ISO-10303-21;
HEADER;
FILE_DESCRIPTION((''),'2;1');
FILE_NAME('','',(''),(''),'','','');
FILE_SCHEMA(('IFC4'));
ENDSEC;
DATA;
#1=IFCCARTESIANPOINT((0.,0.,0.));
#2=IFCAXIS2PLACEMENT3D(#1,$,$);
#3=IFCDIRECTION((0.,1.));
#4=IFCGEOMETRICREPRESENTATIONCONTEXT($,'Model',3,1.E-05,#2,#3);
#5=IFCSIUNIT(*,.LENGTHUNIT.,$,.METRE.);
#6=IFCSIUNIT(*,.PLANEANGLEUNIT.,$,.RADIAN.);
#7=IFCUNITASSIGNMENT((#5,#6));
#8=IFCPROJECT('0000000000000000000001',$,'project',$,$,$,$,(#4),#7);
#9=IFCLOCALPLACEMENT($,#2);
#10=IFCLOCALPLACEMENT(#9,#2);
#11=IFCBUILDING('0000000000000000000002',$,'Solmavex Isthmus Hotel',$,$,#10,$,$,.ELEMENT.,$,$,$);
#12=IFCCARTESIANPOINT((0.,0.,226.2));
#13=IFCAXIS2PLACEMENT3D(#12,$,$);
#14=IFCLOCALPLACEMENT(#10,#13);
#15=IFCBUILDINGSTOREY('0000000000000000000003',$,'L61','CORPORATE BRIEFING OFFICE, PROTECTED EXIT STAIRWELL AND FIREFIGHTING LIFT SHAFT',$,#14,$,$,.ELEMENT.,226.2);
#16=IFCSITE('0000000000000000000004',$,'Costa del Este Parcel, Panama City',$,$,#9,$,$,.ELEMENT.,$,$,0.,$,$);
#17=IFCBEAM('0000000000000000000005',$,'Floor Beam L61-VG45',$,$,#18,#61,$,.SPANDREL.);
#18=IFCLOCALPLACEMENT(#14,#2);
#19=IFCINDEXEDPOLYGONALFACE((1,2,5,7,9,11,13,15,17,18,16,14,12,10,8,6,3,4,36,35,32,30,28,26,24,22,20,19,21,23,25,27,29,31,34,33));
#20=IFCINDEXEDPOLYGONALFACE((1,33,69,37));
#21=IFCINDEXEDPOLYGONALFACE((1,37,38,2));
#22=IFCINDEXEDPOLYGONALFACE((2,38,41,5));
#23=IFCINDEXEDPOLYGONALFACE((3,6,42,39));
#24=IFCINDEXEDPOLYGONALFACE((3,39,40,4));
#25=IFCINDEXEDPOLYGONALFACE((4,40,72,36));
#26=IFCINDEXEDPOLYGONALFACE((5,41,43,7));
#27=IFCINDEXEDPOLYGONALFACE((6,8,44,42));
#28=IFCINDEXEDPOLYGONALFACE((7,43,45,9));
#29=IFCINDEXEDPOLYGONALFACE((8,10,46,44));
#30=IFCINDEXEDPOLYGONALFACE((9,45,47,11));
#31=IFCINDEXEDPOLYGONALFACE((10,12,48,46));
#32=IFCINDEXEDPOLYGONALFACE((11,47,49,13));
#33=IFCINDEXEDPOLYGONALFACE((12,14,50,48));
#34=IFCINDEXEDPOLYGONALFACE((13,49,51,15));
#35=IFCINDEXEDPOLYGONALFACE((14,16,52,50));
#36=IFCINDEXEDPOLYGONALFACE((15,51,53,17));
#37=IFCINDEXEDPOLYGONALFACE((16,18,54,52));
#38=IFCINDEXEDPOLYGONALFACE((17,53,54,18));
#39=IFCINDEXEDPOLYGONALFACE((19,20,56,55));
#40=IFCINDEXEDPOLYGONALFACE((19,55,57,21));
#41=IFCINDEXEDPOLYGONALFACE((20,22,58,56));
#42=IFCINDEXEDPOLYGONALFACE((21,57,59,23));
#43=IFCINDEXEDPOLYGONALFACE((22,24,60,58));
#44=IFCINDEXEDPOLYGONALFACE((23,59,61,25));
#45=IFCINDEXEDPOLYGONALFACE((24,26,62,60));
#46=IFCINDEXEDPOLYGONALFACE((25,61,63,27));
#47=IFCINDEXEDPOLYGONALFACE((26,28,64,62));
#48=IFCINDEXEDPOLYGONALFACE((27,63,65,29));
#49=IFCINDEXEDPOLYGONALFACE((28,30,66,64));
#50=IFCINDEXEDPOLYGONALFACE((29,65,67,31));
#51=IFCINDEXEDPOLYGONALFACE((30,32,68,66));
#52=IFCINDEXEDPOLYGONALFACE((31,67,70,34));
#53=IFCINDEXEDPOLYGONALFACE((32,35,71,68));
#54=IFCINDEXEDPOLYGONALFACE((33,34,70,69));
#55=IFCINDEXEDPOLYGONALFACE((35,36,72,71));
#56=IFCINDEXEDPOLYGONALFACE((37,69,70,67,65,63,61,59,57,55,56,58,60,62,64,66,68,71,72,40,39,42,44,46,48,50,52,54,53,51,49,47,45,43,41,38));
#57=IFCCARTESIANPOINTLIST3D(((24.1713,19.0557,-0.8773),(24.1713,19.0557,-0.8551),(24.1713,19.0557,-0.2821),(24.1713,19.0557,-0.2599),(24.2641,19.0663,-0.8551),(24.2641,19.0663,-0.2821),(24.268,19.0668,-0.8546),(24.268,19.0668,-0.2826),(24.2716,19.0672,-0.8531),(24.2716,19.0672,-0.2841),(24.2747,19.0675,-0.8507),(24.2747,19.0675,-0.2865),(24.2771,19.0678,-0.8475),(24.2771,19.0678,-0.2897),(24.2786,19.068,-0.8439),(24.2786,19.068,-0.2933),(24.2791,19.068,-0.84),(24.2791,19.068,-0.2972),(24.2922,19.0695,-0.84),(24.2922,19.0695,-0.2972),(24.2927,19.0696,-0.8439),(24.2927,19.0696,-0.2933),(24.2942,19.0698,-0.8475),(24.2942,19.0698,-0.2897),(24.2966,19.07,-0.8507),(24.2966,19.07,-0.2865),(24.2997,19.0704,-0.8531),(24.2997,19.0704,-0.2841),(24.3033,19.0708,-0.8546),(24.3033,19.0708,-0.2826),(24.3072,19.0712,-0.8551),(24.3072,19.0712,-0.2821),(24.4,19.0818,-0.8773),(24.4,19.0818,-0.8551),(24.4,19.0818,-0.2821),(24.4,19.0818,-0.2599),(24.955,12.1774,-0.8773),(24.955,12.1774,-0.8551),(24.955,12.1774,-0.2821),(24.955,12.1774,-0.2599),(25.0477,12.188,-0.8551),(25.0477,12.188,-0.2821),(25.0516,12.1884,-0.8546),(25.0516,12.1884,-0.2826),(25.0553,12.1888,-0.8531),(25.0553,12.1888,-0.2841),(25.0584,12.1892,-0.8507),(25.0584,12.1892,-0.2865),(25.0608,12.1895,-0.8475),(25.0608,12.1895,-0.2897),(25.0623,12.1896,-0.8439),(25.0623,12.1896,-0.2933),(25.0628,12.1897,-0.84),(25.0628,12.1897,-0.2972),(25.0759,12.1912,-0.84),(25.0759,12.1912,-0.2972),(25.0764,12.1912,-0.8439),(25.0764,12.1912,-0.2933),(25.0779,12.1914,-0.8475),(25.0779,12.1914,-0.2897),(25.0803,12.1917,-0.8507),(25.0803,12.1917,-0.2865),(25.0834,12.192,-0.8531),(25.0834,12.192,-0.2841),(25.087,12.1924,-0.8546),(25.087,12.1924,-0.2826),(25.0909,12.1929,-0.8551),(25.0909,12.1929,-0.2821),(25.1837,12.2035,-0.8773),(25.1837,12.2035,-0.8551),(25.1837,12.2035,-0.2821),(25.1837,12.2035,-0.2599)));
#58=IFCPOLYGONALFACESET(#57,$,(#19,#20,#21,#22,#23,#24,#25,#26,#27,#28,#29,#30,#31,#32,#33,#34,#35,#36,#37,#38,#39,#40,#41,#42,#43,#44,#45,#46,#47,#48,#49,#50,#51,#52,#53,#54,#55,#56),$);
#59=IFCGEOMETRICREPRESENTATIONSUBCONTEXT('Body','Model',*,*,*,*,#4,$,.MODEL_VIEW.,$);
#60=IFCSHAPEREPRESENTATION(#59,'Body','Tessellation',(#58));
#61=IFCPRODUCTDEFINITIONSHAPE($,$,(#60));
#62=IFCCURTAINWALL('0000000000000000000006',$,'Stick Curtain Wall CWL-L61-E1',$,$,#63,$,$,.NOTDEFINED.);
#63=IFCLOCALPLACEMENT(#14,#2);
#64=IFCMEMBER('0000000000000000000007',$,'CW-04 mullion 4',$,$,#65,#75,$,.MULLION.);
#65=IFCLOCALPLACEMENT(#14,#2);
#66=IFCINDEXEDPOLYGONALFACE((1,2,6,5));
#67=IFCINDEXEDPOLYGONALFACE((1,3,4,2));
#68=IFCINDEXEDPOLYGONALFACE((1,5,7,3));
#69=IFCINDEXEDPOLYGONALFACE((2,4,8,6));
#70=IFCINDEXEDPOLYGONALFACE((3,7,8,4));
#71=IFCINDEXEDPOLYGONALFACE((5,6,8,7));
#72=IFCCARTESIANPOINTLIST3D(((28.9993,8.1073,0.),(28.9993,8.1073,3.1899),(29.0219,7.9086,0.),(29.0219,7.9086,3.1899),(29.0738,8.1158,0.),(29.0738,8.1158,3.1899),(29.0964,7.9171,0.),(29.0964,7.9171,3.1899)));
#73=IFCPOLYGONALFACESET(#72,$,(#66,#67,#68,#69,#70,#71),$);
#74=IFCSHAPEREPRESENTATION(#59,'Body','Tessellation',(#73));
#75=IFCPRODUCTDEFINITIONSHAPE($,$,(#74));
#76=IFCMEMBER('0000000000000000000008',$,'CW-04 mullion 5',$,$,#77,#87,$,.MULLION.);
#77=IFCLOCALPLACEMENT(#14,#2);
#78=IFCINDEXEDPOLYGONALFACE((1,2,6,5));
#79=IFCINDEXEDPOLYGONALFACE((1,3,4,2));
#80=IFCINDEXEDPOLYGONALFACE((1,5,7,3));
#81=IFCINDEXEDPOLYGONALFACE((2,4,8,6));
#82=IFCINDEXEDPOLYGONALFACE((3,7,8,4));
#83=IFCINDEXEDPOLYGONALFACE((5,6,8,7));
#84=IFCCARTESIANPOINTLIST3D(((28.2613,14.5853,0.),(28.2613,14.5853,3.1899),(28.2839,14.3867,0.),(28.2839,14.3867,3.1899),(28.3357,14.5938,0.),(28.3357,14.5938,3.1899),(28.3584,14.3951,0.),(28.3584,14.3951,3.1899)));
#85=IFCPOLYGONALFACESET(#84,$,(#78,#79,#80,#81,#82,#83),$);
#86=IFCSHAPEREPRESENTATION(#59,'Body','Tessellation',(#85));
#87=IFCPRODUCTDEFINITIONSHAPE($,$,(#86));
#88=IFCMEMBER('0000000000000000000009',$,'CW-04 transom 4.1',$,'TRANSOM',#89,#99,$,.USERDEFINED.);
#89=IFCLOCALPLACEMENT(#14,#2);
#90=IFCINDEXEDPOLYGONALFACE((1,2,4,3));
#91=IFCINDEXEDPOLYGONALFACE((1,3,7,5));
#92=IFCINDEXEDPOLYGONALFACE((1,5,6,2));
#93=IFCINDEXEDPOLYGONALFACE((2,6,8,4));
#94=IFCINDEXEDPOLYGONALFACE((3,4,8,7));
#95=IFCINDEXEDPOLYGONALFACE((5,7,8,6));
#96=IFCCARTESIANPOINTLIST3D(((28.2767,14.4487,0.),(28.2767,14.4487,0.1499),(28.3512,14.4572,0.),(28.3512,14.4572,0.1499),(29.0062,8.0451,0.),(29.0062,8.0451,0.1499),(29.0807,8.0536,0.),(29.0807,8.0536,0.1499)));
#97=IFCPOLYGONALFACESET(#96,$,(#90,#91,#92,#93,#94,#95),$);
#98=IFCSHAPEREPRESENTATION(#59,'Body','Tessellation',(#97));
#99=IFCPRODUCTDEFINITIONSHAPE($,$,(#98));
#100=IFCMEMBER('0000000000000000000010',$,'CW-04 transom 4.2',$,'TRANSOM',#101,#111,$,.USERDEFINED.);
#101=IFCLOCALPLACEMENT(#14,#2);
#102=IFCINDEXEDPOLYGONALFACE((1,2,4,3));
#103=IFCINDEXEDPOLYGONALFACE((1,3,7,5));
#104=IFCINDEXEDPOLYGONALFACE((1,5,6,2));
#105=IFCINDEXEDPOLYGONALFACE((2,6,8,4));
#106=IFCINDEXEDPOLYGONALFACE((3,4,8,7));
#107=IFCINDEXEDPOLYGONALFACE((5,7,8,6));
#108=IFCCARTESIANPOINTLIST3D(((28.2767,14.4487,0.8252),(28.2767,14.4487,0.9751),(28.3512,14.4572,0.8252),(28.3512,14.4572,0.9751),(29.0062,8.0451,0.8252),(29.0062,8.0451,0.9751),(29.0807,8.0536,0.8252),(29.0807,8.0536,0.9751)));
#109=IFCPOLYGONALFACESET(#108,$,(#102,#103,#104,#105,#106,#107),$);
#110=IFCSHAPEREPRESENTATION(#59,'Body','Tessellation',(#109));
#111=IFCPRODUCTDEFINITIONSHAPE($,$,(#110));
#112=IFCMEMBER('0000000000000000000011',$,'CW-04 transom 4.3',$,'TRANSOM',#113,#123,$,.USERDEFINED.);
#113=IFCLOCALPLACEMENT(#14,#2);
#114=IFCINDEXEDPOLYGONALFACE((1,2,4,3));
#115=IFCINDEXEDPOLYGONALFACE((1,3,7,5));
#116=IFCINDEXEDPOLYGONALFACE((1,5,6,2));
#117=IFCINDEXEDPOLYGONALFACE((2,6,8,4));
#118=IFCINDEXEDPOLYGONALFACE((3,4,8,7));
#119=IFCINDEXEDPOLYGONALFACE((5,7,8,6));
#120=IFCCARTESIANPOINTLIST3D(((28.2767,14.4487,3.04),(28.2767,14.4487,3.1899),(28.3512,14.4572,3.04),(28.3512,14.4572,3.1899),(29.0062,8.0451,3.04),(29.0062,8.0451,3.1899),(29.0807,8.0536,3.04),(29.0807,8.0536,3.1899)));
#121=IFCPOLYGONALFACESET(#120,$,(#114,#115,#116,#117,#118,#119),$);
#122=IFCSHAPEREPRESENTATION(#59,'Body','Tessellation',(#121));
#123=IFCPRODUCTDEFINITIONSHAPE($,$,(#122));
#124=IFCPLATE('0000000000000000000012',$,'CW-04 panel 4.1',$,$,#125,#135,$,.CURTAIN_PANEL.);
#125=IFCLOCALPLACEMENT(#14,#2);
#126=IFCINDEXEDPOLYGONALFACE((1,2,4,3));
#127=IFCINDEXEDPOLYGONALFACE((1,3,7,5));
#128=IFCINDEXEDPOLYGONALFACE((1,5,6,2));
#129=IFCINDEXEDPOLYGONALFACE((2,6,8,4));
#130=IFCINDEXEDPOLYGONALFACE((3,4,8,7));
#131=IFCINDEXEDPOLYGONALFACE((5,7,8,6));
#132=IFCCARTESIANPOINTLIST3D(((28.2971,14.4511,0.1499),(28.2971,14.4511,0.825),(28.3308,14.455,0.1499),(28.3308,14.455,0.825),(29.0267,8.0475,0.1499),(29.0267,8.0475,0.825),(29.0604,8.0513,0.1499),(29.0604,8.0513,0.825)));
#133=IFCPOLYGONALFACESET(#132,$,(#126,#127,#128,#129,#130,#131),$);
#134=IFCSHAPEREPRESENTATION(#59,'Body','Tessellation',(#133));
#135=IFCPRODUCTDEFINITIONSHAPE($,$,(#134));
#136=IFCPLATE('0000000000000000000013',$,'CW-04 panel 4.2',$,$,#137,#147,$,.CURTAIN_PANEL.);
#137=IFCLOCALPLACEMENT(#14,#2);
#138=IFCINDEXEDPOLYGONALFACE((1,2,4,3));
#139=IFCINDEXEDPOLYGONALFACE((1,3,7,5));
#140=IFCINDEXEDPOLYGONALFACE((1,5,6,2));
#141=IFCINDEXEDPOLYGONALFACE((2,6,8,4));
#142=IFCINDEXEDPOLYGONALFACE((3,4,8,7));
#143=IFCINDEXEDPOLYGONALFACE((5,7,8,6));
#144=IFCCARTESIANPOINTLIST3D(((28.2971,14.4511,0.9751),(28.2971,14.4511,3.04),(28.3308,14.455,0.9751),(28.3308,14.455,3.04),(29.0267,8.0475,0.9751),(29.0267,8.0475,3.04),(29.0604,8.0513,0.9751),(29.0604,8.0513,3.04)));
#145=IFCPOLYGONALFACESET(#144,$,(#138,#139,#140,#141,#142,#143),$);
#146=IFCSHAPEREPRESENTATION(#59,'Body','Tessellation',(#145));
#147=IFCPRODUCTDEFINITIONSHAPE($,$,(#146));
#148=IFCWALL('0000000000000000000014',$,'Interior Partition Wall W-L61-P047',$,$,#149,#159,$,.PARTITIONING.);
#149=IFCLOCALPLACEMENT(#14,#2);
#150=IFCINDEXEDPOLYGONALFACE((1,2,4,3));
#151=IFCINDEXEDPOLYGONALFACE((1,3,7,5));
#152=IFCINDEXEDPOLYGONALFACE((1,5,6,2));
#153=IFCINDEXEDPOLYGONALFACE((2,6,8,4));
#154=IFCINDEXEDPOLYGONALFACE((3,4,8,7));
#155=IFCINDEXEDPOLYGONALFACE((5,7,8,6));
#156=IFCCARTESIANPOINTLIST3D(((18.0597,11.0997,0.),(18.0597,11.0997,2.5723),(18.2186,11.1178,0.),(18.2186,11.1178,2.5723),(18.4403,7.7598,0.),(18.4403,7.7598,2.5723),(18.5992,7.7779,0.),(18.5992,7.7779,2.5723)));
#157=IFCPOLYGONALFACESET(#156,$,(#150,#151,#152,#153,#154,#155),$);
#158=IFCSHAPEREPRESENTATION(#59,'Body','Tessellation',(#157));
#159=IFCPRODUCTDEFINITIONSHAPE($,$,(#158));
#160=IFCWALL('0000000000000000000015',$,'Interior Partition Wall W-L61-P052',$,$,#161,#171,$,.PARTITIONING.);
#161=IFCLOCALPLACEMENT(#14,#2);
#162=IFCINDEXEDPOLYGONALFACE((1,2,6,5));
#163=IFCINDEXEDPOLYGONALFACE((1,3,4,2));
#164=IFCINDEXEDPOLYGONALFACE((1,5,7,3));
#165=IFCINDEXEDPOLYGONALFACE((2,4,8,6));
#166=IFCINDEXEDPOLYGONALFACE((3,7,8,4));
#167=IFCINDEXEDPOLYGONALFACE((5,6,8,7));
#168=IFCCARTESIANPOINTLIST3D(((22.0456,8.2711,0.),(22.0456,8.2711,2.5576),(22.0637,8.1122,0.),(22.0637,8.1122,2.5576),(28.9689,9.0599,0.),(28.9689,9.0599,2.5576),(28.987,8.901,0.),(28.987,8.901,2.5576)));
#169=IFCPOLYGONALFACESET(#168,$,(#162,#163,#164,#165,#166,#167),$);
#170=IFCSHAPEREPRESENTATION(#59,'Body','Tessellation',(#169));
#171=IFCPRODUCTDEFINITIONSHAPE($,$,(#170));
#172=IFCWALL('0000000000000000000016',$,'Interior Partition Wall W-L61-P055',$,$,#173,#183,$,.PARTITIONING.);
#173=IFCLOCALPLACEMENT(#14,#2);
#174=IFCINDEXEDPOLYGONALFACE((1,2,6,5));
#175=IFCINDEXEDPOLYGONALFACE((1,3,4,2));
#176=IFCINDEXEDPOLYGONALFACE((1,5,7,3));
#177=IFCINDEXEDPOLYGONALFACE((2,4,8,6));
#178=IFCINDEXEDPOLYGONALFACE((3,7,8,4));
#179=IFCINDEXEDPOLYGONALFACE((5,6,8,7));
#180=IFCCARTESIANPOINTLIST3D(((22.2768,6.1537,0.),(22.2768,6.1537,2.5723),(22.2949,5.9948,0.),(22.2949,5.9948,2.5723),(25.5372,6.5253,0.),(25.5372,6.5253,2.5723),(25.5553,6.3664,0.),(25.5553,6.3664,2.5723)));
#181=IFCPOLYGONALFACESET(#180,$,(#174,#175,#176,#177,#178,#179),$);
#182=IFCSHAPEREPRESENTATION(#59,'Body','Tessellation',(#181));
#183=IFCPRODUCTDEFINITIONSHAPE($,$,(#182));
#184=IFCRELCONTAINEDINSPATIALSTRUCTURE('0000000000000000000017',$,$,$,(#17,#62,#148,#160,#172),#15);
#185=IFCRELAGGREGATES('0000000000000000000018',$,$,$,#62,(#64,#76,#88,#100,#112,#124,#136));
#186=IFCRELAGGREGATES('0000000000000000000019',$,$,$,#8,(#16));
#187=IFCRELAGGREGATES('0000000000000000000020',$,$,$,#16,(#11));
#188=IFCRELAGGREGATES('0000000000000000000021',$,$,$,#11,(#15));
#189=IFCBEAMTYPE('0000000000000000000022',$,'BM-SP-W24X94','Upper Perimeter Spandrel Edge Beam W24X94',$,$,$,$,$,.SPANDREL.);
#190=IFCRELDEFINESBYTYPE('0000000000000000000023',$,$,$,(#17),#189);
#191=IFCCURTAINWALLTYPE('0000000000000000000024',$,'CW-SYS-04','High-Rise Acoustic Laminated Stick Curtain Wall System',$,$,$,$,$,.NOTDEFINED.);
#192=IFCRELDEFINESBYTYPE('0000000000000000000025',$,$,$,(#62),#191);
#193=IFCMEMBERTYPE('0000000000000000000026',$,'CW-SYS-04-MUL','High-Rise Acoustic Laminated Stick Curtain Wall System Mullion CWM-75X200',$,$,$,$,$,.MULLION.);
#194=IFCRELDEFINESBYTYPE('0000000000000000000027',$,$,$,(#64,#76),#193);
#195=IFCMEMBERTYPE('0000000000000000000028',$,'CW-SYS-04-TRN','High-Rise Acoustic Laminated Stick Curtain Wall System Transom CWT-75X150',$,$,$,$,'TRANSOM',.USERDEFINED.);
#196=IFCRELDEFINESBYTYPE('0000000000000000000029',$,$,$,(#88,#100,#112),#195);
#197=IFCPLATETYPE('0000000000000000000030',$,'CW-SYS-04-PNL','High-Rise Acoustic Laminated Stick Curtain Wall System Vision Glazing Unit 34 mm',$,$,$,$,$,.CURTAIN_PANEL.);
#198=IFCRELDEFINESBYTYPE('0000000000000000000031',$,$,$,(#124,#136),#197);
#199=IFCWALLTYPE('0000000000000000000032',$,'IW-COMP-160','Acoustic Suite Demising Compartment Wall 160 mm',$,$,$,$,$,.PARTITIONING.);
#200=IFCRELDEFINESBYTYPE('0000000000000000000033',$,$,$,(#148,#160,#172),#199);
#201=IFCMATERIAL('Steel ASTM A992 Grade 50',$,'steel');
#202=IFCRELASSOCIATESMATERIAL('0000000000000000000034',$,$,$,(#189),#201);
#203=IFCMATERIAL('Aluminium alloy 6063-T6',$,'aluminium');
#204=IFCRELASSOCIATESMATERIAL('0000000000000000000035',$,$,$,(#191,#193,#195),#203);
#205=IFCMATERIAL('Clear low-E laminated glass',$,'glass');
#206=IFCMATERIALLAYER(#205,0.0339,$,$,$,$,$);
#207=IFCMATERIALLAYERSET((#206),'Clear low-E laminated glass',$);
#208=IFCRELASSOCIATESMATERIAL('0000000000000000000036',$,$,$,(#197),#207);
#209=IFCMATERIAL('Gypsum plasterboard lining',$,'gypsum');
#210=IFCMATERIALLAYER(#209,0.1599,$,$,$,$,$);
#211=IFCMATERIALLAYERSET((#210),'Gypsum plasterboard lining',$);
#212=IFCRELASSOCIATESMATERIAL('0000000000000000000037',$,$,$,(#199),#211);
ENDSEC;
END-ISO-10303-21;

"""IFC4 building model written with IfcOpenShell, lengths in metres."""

from ifc_helpers import new_model, si_unit, direction, frame, frame_2d, origin, origin_2d, place, context, subcontext, project, spatial, rectangle, i_section, extrude, material, layer, layer_set, material_profile, profile_set, type_object, element, aggregate, save


model = new_model("IFC4")

# Units and contexts
model_context = context("Model", 3, precision=1e-05, world=origin(), true_north=direction((0.0, 1.0)))
body_context = subcontext(model_context, "Body", "Model", "MODEL_VIEW")
ifc_project = project(units=[si_unit("LENGTHUNIT", "METRE"), si_unit("PLANEANGLEUNIT", "RADIAN")], contexts=[model_context])

# Site, building, storey
site_placement = place(None, origin())
site = spatial("IfcSite", under=ifc_project, at=site_placement, Name="Costa del Este Parcel, Panama City", CompositionType="ELEMENT", RefElevation=0.0)
building_placement = place(site_placement, origin())
building = spatial("IfcBuilding", under=site, at=building_placement, Name="Solmavex Isthmus Hotel", CompositionType="ELEMENT")
storey_placement = place(building_placement, frame((0.0, 0.0, 226.2)))
storey = spatial("IfcBuildingStorey", under=building, at=storey_placement, Name="L61", Description="CORPORATE BRIEFING OFFICE, PROTECTED EXIT STAIRWELL AND FIREFIGHTING LIFT SHAFT", CompositionType="ELEMENT", Elevation=226.2)

# Beam
ifc_material_1 = material(Name="Steel ASTM A992 Grade 50", Category="steel")
ifc_material_profile_1 = material_profile(ifc_material_1, i_section(OverallWidth=0.2302, OverallDepth=0.6174, WebThickness=0.0132, FlangeThickness=0.0222, FilletRadius=0.0151, at=origin_2d()), Name="W24X94")
ifc_profile_set_1 = profile_set([ifc_material_profile_1], Name="Steel ASTM A992 Grade 50")
beam_type_1 = type_object("IfcBeamType", Name="BM-SP-W24X94", Description="Upper Perimeter Spandrel Edge Beam W24X94", PredefinedType="SPANDREL", material=ifc_profile_set_1)
beam_1_placement = place(storey_placement, frame((25.0693, 12.1904, -0.5686), z_axis=(-0.113202, 0.993572, 0.0), x_axis=(-0.993572, -0.113202, 0.0)))
element("IfcBeam", 1, at=beam_1_placement, inside=storey, type_object=beam_type_1, Name="Floor Beam L61-VG45", PredefinedType="SPANDREL", context=body_context, shape_type="SweptSolid", body=[
    extrude(i_section(OverallWidth=0.2302, OverallDepth=0.6174, WebThickness=0.0132, FlangeThickness=0.0222, FilletRadius=0.0151, at=origin_2d()), origin(), (0.0, 0.0, 1.0), 6.9229),
])

# Curtain wall, members, plates
ifc_material_2 = material(Name="Aluminium alloy 6063-T6", Category="aluminium")
curtain_wall_type = type_object("IfcCurtainWallType", Name="CW-SYS-04", Description="High-Rise Acoustic Laminated Stick Curtain Wall System", PredefinedType="NOTDEFINED", material=ifc_material_2)
curtain_wall_placement = place(storey_placement, origin())
curtain_wall = element("IfcCurtainWall", 2, at=curtain_wall_placement, inside=storey, type_object=curtain_wall_type, Name="Stick Curtain Wall CWL-L61-E1", PredefinedType="NOTDEFINED")
ifc_material_profile_2 = material_profile(ifc_material_2, rectangle(XDim=0.075, YDim=0.2, at=origin_2d()), Name="CWM-75X200")
ifc_profile_set_2 = profile_set([ifc_material_profile_2], Name="Aluminium alloy 6063-T6")
member_type_1 = type_object("IfcMemberType", Name="CW-SYS-04-MUL", Description="High-Rise Acoustic Laminated Stick Curtain Wall System Mullion CWM-75X200", PredefinedType="MULLION", material=ifc_profile_set_2)
member_1_placement = place(storey_placement, frame((29.0479, 8.0122, 0.0), z_axis=(0.0, 0.0, 1.0), x_axis=(-0.993572, -0.113203, 0.0)))
member_1 = element("IfcMember", 3, at=member_1_placement, type_object=member_type_1, Name="CW-04 mullion 4", PredefinedType="MULLION", context=body_context, shape_type="SweptSolid", body=[
    extrude(rectangle(XDim=0.075, YDim=0.2, at=origin_2d()), origin(), (0.0, 0.0, 1.0), 3.1899),
])
member_2_placement = place(storey_placement, frame((28.3098, 14.4902, 0.0), z_axis=(0.0, 0.0, 1.0), x_axis=(-0.993572, -0.113203, 0.0)))
member_2 = element("IfcMember", 4, at=member_2_placement, type_object=member_type_1, Name="CW-04 mullion 5", PredefinedType="MULLION", context=body_context, shape_type="SweptSolid", body=[
    extrude(rectangle(XDim=0.075, YDim=0.2, at=origin_2d()), origin(), (0.0, 0.0, 1.0), 3.1899),
])
ifc_material_profile_3 = material_profile(ifc_material_2, rectangle(XDim=0.075, YDim=0.1499, at=origin_2d()), Name="CWT-75X150")
ifc_profile_set_3 = profile_set([ifc_material_profile_3], Name="Aluminium alloy 6063-T6")
member_type_2 = type_object("IfcMemberType", Name="CW-SYS-04-TRN", Description="High-Rise Acoustic Laminated Stick Curtain Wall System Transom CWT-75X150", ElementType="TRANSOM", PredefinedType="USERDEFINED", material=ifc_profile_set_3)
member_3_placement = place(storey_placement, frame((29.0435, 8.0493, 0.075), z_axis=(-0.113188, 0.993574, 0.0), x_axis=(-0.993574, -0.113188, 0.0)))
member_3 = element("IfcMember", 5, at=member_3_placement, type_object=member_type_2, Name="CW-04 transom 4.1", ObjectType="TRANSOM", PredefinedType="USERDEFINED", context=body_context, shape_type="SweptSolid", body=[
    extrude(rectangle(XDim=0.075, YDim=0.1499, at=origin_2d()), origin(), (0.0, 0.0, 1.0), 6.4451),
])
member_4_placement = place(storey_placement, frame((29.0435, 8.0493, 0.9001), z_axis=(-0.113188, 0.993574, 0.0), x_axis=(-0.993574, -0.113188, 0.0)))
member_4 = element("IfcMember", 6, at=member_4_placement, type_object=member_type_2, Name="CW-04 transom 4.2", ObjectType="TRANSOM", PredefinedType="USERDEFINED", context=body_context, shape_type="SweptSolid", body=[
    extrude(rectangle(XDim=0.075, YDim=0.1499, at=origin_2d()), origin(), (0.0, 0.0, 1.0), 6.4451),
])
member_5_placement = place(storey_placement, frame((29.0435, 8.0493, 3.115), z_axis=(-0.113188, 0.993574, 0.0), x_axis=(-0.993574, -0.113188, 0.0)))
member_5 = element("IfcMember", 7, at=member_5_placement, type_object=member_type_2, Name="CW-04 transom 4.3", ObjectType="TRANSOM", PredefinedType="USERDEFINED", context=body_context, shape_type="SweptSolid", body=[
    extrude(rectangle(XDim=0.075, YDim=0.1499, at=origin_2d()), origin(), (0.0, 0.0, 1.0), 6.4451),
])
ifc_material_3 = material(Name="Clear low-E laminated glass", Category="glass")
ifc_layer_1 = layer(ifc_material_3, 0.0339)
ifc_layer_set_1 = layer_set([ifc_layer_1], Name="Clear low-E laminated glass")
plate_type = type_object("IfcPlateType", Name="CW-SYS-04-PNL", Description="High-Rise Acoustic Laminated Stick Curtain Wall System Vision Glazing Unit 34 mm", PredefinedType="CURTAIN_PANEL", material=ifc_layer_set_1)
plate_1_placement = place(storey_placement, frame((28.6787, 11.2512, 0.1499), z_axis=(0.0, 0.0, 1.0), x_axis=(-0.113203, 0.993572, 0.0)))
plate_1 = element("IfcPlate", 8, at=plate_1_placement, type_object=plate_type, Name="CW-04 panel 4.1", PredefinedType="CURTAIN_PANEL", context=body_context, shape_type="SweptSolid", body=[
    extrude(rectangle(XDim=6.4451, YDim=0.0339, at=origin_2d()), origin(), (0.0, 0.0, 1.0), 0.675),
])
plate_2_placement = place(storey_placement, frame((28.6787, 11.2512, 0.9751), z_axis=(0.0, 0.0, 1.0), x_axis=(-0.113203, 0.993572, 0.0)))
plate_2 = element("IfcPlate", 9, at=plate_2_placement, type_object=plate_type, Name="CW-04 panel 4.2", PredefinedType="CURTAIN_PANEL", context=body_context, shape_type="SweptSolid", body=[
    extrude(rectangle(XDim=6.4451, YDim=0.0339, at=origin_2d()), origin(), (0.0, 0.0, 1.0), 2.0649),
])
aggregate(curtain_wall, [member_1, member_2, member_3, member_4, member_5, plate_1, plate_2])

# Walls
ifc_material_4 = material(Name="Gypsum plasterboard lining", Category="gypsum")
ifc_layer_2 = layer(ifc_material_4, 0.1599)
ifc_layer_set_2 = layer_set([ifc_layer_2], Name="Gypsum plasterboard lining")
wall_type_1 = type_object("IfcWallType", Name="IW-COMP-160", Description="Acoustic Suite Demising Compartment Wall 160 mm", PredefinedType="PARTITIONING", material=ifc_layer_set_2)
wall_1_placement = place(storey_placement, frame((18.1392, 11.1086, 0.0), z_axis=(0.0, 0.0, 1.0), x_axis=(0.113229, -0.993569, 0.0)))
element("IfcWall", 10, at=wall_1_placement, inside=storey, type_object=wall_type_1, Name="Interior Partition Wall W-L61-P047", PredefinedType="PARTITIONING", context=body_context, shape_type="SweptSolid", body=[
    extrude(rectangle(XDim=3.3616, YDim=0.1599, at=frame_2d((1.6807, 0.0))), origin(), (0.0, 0.0, 1.0), 2.5723),
])
wall_2_placement = place(storey_placement, frame((28.9778, 8.9805, 0.0), z_axis=(0.0, 0.0, 1.0), x_axis=(-0.993572, -0.113204, 0.0)))
element("IfcWall", 11, at=wall_2_placement, inside=storey, type_object=wall_type_1, Name="Interior Partition Wall W-L61-P052", PredefinedType="PARTITIONING", context=body_context, shape_type="SweptSolid", body=[
    extrude(rectangle(XDim=6.968, YDim=0.1599, at=frame_2d((3.4839, 0.0))), origin(), (0.0, 0.0, 1.0), 2.5576),
])
wall_3_placement = place(storey_placement, frame((25.5461, 6.4458, 0.0), z_axis=(0.0, 0.0, 1.0), x_axis=(-0.993569, -0.113232, 0.0)))
element("IfcWall", 12, at=wall_3_placement, inside=storey, type_object=wall_type_1, Name="Interior Partition Wall W-L61-P055", PredefinedType="PARTITIONING", context=body_context, shape_type="SweptSolid", body=[
    extrude(rectangle(XDim=3.2815, YDim=0.1599, at=frame_2d((1.6406, 0.0))), origin(), (0.0, 0.0, 1.0), 2.5723),
])

save(model, "model.ifc")
